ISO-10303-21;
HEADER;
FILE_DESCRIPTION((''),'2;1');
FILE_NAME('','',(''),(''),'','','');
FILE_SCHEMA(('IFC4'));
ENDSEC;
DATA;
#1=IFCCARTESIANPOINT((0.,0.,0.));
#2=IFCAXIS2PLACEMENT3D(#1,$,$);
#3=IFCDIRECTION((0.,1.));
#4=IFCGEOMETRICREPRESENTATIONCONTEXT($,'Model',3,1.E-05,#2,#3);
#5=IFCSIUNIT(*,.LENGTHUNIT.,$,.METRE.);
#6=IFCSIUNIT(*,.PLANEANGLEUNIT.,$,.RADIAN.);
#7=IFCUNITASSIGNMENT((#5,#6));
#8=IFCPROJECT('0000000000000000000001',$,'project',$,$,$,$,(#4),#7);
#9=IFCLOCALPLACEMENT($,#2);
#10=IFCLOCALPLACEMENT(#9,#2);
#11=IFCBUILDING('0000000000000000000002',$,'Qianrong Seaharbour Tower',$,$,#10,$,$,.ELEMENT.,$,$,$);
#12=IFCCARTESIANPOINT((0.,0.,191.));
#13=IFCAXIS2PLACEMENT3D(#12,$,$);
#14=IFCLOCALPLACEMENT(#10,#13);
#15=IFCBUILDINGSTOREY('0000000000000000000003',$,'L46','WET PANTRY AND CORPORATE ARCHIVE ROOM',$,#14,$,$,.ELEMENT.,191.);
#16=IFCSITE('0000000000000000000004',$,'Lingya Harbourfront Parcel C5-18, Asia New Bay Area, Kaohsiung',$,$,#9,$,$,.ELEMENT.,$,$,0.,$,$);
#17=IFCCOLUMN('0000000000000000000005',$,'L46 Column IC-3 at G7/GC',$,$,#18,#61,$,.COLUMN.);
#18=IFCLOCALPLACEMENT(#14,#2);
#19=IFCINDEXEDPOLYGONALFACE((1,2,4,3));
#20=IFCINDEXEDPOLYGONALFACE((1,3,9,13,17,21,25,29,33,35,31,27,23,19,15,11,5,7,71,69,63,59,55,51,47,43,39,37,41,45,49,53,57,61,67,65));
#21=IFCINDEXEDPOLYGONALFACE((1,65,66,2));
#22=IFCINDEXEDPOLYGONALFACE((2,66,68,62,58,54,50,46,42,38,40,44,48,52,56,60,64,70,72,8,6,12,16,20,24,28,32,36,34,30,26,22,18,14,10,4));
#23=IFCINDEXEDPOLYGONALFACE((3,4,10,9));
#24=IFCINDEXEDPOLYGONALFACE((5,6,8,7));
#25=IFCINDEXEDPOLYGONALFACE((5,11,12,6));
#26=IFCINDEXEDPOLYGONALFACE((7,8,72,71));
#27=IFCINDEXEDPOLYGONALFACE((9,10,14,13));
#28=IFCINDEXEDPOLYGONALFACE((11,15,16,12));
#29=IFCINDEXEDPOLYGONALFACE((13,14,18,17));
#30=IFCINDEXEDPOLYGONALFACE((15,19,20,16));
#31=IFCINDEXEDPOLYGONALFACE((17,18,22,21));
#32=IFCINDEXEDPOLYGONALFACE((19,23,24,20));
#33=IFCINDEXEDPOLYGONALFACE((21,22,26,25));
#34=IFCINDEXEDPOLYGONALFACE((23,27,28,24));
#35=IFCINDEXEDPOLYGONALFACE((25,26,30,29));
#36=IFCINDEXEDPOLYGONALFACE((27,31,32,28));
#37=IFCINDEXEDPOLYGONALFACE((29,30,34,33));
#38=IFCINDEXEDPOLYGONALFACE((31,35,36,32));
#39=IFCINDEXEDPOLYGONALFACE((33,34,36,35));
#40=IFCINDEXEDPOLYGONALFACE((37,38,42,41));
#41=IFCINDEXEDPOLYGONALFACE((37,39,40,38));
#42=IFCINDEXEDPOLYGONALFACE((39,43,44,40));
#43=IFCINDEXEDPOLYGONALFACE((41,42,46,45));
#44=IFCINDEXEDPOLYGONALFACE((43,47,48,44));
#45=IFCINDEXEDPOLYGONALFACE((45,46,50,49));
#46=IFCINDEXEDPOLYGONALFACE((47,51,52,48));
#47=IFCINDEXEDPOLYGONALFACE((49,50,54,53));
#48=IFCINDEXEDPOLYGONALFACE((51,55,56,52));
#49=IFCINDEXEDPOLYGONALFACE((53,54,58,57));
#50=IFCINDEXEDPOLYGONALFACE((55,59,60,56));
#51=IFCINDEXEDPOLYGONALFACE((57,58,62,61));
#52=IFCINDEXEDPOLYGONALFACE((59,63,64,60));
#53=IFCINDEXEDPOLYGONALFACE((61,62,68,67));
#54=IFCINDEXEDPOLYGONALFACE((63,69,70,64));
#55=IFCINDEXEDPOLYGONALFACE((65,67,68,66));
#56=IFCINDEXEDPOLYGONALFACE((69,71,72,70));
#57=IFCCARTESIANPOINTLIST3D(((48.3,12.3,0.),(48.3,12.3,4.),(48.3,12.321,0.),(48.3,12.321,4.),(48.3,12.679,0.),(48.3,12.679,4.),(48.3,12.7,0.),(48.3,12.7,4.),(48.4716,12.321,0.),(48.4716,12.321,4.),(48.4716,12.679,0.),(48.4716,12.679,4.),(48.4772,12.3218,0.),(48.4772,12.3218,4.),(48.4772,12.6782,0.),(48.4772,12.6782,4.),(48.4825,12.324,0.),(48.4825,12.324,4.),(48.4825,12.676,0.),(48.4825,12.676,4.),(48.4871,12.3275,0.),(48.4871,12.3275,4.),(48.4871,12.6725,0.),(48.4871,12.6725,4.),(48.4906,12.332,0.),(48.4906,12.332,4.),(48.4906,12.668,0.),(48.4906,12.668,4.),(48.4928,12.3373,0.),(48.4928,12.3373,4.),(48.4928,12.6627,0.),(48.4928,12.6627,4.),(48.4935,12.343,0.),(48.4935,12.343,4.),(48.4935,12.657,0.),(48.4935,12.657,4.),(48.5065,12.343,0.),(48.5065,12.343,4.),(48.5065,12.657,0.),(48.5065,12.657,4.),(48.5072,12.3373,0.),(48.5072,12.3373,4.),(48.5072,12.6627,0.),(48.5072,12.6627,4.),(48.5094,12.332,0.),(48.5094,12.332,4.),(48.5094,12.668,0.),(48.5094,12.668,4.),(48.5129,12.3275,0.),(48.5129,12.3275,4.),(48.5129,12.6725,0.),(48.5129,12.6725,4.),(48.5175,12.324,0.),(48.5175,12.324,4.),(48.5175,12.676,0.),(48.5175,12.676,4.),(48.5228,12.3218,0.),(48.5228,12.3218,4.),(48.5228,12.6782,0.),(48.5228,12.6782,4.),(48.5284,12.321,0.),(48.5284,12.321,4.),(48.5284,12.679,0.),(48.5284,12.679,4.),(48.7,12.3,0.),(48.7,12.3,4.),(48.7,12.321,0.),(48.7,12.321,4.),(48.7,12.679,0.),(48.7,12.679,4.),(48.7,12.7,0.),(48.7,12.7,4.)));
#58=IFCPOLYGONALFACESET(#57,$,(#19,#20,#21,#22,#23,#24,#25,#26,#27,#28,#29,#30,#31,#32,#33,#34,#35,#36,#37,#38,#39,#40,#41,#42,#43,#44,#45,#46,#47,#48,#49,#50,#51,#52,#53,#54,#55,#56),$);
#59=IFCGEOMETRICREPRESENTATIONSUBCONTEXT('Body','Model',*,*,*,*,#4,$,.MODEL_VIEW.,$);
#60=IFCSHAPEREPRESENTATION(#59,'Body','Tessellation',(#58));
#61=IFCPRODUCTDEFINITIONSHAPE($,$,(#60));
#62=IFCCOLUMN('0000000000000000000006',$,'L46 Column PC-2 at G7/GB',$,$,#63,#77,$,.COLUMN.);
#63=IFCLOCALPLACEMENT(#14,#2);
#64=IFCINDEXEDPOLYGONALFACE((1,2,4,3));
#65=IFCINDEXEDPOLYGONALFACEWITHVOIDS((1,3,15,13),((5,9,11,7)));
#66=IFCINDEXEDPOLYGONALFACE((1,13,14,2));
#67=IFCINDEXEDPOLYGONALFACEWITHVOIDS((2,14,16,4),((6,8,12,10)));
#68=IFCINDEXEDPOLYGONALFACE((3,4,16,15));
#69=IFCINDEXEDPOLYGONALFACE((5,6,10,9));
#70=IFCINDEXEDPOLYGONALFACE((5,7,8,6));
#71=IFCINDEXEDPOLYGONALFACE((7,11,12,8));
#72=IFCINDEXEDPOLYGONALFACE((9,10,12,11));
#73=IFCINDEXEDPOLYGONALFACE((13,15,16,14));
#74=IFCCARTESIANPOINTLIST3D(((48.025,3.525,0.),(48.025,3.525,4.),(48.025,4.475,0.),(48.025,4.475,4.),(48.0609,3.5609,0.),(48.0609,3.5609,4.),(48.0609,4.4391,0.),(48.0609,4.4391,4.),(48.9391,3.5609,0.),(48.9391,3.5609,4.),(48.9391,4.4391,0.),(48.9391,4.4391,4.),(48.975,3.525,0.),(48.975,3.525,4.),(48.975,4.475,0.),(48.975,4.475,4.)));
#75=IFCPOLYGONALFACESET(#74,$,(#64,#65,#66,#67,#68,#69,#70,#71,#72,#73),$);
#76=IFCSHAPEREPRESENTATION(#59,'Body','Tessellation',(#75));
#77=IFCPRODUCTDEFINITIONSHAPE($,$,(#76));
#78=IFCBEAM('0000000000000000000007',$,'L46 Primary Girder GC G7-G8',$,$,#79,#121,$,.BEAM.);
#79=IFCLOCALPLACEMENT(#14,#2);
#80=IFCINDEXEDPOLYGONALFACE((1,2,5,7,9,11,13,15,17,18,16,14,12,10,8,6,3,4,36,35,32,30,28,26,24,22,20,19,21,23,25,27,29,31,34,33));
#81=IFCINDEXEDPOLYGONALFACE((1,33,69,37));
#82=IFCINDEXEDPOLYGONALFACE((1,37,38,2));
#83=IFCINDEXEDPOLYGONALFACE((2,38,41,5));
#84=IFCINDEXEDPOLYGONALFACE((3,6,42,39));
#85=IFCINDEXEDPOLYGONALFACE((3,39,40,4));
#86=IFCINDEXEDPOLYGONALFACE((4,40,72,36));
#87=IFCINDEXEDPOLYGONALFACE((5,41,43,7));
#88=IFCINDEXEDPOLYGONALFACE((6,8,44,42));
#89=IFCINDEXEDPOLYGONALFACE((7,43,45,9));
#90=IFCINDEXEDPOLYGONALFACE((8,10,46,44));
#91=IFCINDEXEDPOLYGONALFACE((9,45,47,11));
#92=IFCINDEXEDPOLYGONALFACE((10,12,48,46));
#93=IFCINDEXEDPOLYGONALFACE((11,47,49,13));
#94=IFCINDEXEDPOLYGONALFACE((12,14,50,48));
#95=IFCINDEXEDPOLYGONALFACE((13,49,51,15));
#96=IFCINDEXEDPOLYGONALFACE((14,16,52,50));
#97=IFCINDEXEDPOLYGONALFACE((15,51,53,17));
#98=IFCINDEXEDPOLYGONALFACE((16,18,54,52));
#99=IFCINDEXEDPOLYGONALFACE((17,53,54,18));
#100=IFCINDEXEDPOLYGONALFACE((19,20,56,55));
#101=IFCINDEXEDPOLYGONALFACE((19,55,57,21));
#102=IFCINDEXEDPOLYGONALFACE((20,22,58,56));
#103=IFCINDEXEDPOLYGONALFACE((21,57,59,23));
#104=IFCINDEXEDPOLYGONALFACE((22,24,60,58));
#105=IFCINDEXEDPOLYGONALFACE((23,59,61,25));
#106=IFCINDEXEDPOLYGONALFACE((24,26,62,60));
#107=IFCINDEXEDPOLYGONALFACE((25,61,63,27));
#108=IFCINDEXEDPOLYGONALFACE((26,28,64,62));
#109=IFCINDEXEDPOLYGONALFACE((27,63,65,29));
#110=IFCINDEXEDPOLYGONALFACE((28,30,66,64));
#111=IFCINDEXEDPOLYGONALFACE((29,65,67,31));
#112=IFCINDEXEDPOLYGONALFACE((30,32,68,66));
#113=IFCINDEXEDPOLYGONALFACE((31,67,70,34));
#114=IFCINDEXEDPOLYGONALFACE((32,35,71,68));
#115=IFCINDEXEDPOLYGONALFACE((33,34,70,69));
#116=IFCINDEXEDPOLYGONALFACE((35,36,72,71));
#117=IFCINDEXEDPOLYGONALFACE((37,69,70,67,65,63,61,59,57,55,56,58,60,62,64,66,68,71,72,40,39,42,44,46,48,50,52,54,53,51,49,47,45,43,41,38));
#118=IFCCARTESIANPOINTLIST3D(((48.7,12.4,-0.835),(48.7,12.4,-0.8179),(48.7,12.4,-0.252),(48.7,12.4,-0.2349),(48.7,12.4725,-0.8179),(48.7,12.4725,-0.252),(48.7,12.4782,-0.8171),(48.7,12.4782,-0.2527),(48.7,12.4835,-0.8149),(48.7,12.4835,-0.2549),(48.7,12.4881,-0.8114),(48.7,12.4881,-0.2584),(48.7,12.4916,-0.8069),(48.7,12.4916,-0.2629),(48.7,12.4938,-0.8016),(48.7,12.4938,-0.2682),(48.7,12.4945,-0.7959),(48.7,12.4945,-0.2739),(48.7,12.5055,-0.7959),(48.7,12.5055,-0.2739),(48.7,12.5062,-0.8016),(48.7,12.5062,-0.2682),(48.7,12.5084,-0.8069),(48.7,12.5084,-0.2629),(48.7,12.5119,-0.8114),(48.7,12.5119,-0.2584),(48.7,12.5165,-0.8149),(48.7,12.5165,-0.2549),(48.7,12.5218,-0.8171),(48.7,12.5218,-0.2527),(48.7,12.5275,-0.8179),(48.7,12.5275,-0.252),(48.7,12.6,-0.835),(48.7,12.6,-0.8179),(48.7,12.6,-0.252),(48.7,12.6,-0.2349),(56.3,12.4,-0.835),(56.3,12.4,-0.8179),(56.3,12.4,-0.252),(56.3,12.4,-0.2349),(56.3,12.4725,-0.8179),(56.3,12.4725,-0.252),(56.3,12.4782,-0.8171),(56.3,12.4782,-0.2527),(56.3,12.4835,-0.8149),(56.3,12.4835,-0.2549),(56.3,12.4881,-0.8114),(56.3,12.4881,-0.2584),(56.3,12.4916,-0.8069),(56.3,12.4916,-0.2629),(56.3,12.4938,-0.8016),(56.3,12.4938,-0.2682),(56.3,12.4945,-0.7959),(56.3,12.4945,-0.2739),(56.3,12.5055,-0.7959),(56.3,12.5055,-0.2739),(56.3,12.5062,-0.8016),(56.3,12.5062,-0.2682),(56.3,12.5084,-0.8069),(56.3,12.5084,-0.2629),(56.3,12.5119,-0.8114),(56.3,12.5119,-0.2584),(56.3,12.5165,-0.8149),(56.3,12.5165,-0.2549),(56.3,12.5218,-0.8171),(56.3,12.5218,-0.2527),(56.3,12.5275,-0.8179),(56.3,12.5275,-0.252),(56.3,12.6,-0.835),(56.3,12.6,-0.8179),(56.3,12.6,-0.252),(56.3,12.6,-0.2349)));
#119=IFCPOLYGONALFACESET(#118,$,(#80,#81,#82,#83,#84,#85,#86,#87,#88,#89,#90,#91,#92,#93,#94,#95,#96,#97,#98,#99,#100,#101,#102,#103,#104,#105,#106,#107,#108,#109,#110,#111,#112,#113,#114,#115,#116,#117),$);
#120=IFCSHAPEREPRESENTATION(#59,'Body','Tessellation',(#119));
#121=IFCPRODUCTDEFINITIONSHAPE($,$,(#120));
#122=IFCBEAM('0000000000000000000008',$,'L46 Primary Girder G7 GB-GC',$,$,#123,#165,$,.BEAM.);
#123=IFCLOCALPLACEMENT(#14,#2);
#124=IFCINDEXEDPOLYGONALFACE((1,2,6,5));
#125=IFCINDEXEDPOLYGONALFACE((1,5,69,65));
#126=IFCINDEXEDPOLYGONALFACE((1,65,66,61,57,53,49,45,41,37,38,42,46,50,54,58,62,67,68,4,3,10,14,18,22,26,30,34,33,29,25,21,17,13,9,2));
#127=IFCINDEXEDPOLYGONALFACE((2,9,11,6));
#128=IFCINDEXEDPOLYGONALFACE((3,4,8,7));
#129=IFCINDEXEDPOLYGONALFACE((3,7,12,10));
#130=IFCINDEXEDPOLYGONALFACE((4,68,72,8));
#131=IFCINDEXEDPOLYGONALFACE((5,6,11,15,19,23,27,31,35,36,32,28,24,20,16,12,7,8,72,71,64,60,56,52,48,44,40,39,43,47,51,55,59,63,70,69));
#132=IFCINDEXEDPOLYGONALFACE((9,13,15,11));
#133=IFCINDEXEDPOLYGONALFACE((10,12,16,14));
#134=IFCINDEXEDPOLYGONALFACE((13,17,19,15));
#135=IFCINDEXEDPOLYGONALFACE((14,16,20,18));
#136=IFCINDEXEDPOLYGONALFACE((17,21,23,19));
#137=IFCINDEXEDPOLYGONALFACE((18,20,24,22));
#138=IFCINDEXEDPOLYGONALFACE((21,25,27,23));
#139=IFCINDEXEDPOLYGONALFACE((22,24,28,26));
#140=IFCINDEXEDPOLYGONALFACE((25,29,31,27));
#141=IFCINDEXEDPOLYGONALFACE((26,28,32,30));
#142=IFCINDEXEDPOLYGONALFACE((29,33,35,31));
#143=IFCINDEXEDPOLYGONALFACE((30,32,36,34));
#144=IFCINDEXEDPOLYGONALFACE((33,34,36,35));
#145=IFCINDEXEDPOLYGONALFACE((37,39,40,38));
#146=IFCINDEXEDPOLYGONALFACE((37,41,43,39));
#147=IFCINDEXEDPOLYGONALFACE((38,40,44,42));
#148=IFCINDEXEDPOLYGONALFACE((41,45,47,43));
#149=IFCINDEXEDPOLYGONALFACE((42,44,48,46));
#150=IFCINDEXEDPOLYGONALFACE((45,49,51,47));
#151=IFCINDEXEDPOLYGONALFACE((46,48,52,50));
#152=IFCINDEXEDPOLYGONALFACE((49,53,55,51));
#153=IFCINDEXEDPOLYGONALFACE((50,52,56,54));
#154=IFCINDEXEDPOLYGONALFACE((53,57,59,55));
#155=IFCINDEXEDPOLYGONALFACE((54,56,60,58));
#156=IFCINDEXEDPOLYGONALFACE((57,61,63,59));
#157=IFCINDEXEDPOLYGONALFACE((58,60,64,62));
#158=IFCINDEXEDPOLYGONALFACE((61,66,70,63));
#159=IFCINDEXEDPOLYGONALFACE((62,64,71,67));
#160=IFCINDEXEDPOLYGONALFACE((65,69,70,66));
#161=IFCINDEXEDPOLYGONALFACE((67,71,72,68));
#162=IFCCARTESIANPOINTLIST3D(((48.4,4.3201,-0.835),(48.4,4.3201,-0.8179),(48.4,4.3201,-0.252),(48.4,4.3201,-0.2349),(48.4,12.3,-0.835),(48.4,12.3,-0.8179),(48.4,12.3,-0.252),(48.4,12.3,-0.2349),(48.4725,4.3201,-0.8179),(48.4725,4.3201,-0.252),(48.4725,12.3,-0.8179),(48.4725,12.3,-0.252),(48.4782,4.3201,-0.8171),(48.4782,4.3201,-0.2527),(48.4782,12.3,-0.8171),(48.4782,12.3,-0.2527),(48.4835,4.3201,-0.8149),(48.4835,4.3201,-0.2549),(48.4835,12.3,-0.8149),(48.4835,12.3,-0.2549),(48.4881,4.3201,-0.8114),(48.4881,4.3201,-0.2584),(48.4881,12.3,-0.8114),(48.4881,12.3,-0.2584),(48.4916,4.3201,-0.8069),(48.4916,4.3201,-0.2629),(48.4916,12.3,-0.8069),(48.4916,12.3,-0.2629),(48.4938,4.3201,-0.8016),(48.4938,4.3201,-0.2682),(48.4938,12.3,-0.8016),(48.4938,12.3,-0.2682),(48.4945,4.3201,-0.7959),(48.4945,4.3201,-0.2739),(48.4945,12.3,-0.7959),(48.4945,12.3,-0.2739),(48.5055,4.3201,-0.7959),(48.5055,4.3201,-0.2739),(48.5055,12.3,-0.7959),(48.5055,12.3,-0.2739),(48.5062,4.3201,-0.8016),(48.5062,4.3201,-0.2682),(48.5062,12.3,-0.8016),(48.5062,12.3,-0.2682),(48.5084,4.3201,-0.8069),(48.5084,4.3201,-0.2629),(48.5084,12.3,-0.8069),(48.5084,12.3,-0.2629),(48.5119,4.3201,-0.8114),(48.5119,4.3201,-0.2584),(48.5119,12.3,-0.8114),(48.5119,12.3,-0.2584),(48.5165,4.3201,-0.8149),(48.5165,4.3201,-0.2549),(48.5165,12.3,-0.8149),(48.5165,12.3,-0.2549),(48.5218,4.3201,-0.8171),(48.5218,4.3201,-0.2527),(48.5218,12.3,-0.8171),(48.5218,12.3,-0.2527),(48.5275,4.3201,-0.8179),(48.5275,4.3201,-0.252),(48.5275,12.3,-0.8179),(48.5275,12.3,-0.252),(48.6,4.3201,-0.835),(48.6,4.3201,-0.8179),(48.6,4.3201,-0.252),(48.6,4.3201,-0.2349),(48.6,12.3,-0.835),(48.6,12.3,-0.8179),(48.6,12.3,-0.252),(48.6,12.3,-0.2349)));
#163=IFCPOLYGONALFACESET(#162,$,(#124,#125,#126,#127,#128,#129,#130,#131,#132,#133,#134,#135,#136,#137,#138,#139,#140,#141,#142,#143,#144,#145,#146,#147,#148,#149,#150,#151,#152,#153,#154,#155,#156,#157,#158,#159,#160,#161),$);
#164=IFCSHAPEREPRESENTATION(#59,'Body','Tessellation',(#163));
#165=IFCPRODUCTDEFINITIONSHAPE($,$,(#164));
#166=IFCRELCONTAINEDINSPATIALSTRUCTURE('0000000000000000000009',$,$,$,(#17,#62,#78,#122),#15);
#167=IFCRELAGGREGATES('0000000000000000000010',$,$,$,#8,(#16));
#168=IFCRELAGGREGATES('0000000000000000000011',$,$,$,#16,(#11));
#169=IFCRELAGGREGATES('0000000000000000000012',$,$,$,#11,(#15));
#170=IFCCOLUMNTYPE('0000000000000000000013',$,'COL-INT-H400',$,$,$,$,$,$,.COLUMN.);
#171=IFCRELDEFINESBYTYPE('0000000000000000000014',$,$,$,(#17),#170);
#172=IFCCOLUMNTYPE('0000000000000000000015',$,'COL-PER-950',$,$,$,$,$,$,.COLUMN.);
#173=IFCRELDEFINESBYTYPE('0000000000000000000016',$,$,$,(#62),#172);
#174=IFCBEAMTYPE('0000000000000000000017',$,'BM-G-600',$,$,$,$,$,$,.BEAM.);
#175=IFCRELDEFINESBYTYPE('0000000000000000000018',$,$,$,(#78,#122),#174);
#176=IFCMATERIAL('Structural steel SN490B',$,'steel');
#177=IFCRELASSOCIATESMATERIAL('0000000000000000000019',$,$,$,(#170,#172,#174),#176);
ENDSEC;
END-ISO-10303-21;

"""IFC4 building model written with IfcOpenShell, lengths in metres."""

from ifc_helpers import new_model, si_unit, direction, frame, origin, origin_2d, place, context, subcontext, project, spatial, hollow_rectangle, i_section, extrude, material, material_profile, profile_set, type_object, element, save


model = new_model("IFC4")

# Units and contexts
model_context = context("Model", 3, precision=1e-05, world=origin(), true_north=direction((0.0, 1.0)))
body_context = subcontext(model_context, "Body", "Model", "MODEL_VIEW")
ifc_project = project(units=[si_unit("LENGTHUNIT", "METRE"), si_unit("PLANEANGLEUNIT", "RADIAN")], contexts=[model_context])

# Site, building, storey
site_placement = place(None, origin())
site = spatial("IfcSite", under=ifc_project, at=site_placement, Name="Lingya Harbourfront Parcel C5-18, Asia New Bay Area, Kaohsiung", CompositionType="ELEMENT", RefElevation=0.0)
building_placement = place(site_placement, origin())
building = spatial("IfcBuilding", under=site, at=building_placement, Name="Qianrong Seaharbour Tower", CompositionType="ELEMENT")
storey_placement = place(building_placement, frame((0.0, 0.0, 191.0)))
storey = spatial("IfcBuildingStorey", under=building, at=storey_placement, Name="L46", Description="WET PANTRY AND CORPORATE ARCHIVE ROOM", CompositionType="ELEMENT", Elevation=191.0)

# Columns
ifc_material_1 = material(Name="Structural steel SN490B", Category="steel")
ifc_material_profile_1 = material_profile(ifc_material_1, i_section(OverallWidth=0.3999, OverallDepth=0.3999, WebThickness=0.0129, FlangeThickness=0.021, FilletRadius=0.022, at=origin_2d()), Name="H400x400x13x21")
ifc_profile_set_1 = profile_set([ifc_material_profile_1], Name="Structural steel SN490B")
column_type_1 = type_object("IfcColumnType", Name="COL-INT-H400", PredefinedType="COLUMN", material=ifc_profile_set_1)
column_1_placement = place(storey_placement, frame((48.5, 12.5, 0.0), z_axis=(0.0, 0.0, 1.0), x_axis=(1.0, 0.0, 0.0)))
element("IfcColumn", 1, at=column_1_placement, inside=storey, type_object=column_type_1, Name="L46 Column IC-3 at G7/GC", PredefinedType="COLUMN", context=body_context, shape_type="SweptSolid", body=[
    extrude(i_section(OverallWidth=0.3999, OverallDepth=0.3999, WebThickness=0.0129, FlangeThickness=0.021, FilletRadius=0.022, at=origin_2d()), origin(), (0.0, 0.0, 1.0), 4.0),
])
ifc_material_profile_2 = material_profile(ifc_material_1, hollow_rectangle(XDim=0.95, YDim=0.95, WallThickness=0.0359, at=origin_2d()), Name="BOX950x950x36")
ifc_profile_set_2 = profile_set([ifc_material_profile_2], Name="Structural steel SN490B")
column_type_2 = type_object("IfcColumnType", Name="COL-PER-950", PredefinedType="COLUMN", material=ifc_profile_set_2)
column_2_placement = place(storey_placement, frame((48.5, 4.0, 0.0), z_axis=(0.0, 0.0, 1.0), x_axis=(1.0, 0.0, 0.0)))
element("IfcColumn", 2, at=column_2_placement, inside=storey, type_object=column_type_2, Name="L46 Column PC-2 at G7/GB", PredefinedType="COLUMN", context=body_context, shape_type="SweptSolid", body=[
    extrude(hollow_rectangle(XDim=0.95, YDim=0.95, WallThickness=0.0359, at=origin_2d()), origin(), (0.0, 0.0, 1.0), 4.0),
])

# Beams
ifc_material_profile_3 = material_profile(ifc_material_1, i_section(OverallWidth=0.2, OverallDepth=0.6001, WebThickness=0.011, FlangeThickness=0.0171, FilletRadius=0.022, at=origin_2d()), Name="H600x200x11x17")
ifc_profile_set_3 = profile_set([ifc_material_profile_3], Name="Structural steel SN490B")
beam_type_1 = type_object("IfcBeamType", Name="BM-G-600", PredefinedType="BEAM", material=ifc_profile_set_3)
beam_1_placement = place(storey_placement, frame((48.7, 12.5, -0.5349), z_axis=(1.0, 0.0, 0.0), x_axis=(0.0, 1.0, 0.0)))
element("IfcBeam", 3, at=beam_1_placement, inside=storey, type_object=beam_type_1, Name="L46 Primary Girder GC G7-G8", PredefinedType="BEAM", context=body_context, shape_type="SweptSolid", body=[
    extrude(i_section(OverallWidth=0.2, OverallDepth=0.6001, WebThickness=0.011, FlangeThickness=0.0171, FilletRadius=0.022, at=origin_2d()), origin(), (0.0, 0.0, 1.0), 7.6001),
])
beam_2_placement = place(storey_placement, frame((48.5, 4.3201, -0.5349), z_axis=(0.0, 1.0, 0.0), x_axis=(-1.0, 0.0, 0.0)))
element("IfcBeam", 4, at=beam_2_placement, inside=storey, type_object=beam_type_1, Name="L46 Primary Girder G7 GB-GC", PredefinedType="BEAM", context=body_context, shape_type="SweptSolid", body=[
    extrude(i_section(OverallWidth=0.2, OverallDepth=0.6001, WebThickness=0.011, FlangeThickness=0.0171, FilletRadius=0.022, at=origin_2d()), origin(), (0.0, 0.0, 1.0), 7.98),
])

save(model, "model.ifc")
